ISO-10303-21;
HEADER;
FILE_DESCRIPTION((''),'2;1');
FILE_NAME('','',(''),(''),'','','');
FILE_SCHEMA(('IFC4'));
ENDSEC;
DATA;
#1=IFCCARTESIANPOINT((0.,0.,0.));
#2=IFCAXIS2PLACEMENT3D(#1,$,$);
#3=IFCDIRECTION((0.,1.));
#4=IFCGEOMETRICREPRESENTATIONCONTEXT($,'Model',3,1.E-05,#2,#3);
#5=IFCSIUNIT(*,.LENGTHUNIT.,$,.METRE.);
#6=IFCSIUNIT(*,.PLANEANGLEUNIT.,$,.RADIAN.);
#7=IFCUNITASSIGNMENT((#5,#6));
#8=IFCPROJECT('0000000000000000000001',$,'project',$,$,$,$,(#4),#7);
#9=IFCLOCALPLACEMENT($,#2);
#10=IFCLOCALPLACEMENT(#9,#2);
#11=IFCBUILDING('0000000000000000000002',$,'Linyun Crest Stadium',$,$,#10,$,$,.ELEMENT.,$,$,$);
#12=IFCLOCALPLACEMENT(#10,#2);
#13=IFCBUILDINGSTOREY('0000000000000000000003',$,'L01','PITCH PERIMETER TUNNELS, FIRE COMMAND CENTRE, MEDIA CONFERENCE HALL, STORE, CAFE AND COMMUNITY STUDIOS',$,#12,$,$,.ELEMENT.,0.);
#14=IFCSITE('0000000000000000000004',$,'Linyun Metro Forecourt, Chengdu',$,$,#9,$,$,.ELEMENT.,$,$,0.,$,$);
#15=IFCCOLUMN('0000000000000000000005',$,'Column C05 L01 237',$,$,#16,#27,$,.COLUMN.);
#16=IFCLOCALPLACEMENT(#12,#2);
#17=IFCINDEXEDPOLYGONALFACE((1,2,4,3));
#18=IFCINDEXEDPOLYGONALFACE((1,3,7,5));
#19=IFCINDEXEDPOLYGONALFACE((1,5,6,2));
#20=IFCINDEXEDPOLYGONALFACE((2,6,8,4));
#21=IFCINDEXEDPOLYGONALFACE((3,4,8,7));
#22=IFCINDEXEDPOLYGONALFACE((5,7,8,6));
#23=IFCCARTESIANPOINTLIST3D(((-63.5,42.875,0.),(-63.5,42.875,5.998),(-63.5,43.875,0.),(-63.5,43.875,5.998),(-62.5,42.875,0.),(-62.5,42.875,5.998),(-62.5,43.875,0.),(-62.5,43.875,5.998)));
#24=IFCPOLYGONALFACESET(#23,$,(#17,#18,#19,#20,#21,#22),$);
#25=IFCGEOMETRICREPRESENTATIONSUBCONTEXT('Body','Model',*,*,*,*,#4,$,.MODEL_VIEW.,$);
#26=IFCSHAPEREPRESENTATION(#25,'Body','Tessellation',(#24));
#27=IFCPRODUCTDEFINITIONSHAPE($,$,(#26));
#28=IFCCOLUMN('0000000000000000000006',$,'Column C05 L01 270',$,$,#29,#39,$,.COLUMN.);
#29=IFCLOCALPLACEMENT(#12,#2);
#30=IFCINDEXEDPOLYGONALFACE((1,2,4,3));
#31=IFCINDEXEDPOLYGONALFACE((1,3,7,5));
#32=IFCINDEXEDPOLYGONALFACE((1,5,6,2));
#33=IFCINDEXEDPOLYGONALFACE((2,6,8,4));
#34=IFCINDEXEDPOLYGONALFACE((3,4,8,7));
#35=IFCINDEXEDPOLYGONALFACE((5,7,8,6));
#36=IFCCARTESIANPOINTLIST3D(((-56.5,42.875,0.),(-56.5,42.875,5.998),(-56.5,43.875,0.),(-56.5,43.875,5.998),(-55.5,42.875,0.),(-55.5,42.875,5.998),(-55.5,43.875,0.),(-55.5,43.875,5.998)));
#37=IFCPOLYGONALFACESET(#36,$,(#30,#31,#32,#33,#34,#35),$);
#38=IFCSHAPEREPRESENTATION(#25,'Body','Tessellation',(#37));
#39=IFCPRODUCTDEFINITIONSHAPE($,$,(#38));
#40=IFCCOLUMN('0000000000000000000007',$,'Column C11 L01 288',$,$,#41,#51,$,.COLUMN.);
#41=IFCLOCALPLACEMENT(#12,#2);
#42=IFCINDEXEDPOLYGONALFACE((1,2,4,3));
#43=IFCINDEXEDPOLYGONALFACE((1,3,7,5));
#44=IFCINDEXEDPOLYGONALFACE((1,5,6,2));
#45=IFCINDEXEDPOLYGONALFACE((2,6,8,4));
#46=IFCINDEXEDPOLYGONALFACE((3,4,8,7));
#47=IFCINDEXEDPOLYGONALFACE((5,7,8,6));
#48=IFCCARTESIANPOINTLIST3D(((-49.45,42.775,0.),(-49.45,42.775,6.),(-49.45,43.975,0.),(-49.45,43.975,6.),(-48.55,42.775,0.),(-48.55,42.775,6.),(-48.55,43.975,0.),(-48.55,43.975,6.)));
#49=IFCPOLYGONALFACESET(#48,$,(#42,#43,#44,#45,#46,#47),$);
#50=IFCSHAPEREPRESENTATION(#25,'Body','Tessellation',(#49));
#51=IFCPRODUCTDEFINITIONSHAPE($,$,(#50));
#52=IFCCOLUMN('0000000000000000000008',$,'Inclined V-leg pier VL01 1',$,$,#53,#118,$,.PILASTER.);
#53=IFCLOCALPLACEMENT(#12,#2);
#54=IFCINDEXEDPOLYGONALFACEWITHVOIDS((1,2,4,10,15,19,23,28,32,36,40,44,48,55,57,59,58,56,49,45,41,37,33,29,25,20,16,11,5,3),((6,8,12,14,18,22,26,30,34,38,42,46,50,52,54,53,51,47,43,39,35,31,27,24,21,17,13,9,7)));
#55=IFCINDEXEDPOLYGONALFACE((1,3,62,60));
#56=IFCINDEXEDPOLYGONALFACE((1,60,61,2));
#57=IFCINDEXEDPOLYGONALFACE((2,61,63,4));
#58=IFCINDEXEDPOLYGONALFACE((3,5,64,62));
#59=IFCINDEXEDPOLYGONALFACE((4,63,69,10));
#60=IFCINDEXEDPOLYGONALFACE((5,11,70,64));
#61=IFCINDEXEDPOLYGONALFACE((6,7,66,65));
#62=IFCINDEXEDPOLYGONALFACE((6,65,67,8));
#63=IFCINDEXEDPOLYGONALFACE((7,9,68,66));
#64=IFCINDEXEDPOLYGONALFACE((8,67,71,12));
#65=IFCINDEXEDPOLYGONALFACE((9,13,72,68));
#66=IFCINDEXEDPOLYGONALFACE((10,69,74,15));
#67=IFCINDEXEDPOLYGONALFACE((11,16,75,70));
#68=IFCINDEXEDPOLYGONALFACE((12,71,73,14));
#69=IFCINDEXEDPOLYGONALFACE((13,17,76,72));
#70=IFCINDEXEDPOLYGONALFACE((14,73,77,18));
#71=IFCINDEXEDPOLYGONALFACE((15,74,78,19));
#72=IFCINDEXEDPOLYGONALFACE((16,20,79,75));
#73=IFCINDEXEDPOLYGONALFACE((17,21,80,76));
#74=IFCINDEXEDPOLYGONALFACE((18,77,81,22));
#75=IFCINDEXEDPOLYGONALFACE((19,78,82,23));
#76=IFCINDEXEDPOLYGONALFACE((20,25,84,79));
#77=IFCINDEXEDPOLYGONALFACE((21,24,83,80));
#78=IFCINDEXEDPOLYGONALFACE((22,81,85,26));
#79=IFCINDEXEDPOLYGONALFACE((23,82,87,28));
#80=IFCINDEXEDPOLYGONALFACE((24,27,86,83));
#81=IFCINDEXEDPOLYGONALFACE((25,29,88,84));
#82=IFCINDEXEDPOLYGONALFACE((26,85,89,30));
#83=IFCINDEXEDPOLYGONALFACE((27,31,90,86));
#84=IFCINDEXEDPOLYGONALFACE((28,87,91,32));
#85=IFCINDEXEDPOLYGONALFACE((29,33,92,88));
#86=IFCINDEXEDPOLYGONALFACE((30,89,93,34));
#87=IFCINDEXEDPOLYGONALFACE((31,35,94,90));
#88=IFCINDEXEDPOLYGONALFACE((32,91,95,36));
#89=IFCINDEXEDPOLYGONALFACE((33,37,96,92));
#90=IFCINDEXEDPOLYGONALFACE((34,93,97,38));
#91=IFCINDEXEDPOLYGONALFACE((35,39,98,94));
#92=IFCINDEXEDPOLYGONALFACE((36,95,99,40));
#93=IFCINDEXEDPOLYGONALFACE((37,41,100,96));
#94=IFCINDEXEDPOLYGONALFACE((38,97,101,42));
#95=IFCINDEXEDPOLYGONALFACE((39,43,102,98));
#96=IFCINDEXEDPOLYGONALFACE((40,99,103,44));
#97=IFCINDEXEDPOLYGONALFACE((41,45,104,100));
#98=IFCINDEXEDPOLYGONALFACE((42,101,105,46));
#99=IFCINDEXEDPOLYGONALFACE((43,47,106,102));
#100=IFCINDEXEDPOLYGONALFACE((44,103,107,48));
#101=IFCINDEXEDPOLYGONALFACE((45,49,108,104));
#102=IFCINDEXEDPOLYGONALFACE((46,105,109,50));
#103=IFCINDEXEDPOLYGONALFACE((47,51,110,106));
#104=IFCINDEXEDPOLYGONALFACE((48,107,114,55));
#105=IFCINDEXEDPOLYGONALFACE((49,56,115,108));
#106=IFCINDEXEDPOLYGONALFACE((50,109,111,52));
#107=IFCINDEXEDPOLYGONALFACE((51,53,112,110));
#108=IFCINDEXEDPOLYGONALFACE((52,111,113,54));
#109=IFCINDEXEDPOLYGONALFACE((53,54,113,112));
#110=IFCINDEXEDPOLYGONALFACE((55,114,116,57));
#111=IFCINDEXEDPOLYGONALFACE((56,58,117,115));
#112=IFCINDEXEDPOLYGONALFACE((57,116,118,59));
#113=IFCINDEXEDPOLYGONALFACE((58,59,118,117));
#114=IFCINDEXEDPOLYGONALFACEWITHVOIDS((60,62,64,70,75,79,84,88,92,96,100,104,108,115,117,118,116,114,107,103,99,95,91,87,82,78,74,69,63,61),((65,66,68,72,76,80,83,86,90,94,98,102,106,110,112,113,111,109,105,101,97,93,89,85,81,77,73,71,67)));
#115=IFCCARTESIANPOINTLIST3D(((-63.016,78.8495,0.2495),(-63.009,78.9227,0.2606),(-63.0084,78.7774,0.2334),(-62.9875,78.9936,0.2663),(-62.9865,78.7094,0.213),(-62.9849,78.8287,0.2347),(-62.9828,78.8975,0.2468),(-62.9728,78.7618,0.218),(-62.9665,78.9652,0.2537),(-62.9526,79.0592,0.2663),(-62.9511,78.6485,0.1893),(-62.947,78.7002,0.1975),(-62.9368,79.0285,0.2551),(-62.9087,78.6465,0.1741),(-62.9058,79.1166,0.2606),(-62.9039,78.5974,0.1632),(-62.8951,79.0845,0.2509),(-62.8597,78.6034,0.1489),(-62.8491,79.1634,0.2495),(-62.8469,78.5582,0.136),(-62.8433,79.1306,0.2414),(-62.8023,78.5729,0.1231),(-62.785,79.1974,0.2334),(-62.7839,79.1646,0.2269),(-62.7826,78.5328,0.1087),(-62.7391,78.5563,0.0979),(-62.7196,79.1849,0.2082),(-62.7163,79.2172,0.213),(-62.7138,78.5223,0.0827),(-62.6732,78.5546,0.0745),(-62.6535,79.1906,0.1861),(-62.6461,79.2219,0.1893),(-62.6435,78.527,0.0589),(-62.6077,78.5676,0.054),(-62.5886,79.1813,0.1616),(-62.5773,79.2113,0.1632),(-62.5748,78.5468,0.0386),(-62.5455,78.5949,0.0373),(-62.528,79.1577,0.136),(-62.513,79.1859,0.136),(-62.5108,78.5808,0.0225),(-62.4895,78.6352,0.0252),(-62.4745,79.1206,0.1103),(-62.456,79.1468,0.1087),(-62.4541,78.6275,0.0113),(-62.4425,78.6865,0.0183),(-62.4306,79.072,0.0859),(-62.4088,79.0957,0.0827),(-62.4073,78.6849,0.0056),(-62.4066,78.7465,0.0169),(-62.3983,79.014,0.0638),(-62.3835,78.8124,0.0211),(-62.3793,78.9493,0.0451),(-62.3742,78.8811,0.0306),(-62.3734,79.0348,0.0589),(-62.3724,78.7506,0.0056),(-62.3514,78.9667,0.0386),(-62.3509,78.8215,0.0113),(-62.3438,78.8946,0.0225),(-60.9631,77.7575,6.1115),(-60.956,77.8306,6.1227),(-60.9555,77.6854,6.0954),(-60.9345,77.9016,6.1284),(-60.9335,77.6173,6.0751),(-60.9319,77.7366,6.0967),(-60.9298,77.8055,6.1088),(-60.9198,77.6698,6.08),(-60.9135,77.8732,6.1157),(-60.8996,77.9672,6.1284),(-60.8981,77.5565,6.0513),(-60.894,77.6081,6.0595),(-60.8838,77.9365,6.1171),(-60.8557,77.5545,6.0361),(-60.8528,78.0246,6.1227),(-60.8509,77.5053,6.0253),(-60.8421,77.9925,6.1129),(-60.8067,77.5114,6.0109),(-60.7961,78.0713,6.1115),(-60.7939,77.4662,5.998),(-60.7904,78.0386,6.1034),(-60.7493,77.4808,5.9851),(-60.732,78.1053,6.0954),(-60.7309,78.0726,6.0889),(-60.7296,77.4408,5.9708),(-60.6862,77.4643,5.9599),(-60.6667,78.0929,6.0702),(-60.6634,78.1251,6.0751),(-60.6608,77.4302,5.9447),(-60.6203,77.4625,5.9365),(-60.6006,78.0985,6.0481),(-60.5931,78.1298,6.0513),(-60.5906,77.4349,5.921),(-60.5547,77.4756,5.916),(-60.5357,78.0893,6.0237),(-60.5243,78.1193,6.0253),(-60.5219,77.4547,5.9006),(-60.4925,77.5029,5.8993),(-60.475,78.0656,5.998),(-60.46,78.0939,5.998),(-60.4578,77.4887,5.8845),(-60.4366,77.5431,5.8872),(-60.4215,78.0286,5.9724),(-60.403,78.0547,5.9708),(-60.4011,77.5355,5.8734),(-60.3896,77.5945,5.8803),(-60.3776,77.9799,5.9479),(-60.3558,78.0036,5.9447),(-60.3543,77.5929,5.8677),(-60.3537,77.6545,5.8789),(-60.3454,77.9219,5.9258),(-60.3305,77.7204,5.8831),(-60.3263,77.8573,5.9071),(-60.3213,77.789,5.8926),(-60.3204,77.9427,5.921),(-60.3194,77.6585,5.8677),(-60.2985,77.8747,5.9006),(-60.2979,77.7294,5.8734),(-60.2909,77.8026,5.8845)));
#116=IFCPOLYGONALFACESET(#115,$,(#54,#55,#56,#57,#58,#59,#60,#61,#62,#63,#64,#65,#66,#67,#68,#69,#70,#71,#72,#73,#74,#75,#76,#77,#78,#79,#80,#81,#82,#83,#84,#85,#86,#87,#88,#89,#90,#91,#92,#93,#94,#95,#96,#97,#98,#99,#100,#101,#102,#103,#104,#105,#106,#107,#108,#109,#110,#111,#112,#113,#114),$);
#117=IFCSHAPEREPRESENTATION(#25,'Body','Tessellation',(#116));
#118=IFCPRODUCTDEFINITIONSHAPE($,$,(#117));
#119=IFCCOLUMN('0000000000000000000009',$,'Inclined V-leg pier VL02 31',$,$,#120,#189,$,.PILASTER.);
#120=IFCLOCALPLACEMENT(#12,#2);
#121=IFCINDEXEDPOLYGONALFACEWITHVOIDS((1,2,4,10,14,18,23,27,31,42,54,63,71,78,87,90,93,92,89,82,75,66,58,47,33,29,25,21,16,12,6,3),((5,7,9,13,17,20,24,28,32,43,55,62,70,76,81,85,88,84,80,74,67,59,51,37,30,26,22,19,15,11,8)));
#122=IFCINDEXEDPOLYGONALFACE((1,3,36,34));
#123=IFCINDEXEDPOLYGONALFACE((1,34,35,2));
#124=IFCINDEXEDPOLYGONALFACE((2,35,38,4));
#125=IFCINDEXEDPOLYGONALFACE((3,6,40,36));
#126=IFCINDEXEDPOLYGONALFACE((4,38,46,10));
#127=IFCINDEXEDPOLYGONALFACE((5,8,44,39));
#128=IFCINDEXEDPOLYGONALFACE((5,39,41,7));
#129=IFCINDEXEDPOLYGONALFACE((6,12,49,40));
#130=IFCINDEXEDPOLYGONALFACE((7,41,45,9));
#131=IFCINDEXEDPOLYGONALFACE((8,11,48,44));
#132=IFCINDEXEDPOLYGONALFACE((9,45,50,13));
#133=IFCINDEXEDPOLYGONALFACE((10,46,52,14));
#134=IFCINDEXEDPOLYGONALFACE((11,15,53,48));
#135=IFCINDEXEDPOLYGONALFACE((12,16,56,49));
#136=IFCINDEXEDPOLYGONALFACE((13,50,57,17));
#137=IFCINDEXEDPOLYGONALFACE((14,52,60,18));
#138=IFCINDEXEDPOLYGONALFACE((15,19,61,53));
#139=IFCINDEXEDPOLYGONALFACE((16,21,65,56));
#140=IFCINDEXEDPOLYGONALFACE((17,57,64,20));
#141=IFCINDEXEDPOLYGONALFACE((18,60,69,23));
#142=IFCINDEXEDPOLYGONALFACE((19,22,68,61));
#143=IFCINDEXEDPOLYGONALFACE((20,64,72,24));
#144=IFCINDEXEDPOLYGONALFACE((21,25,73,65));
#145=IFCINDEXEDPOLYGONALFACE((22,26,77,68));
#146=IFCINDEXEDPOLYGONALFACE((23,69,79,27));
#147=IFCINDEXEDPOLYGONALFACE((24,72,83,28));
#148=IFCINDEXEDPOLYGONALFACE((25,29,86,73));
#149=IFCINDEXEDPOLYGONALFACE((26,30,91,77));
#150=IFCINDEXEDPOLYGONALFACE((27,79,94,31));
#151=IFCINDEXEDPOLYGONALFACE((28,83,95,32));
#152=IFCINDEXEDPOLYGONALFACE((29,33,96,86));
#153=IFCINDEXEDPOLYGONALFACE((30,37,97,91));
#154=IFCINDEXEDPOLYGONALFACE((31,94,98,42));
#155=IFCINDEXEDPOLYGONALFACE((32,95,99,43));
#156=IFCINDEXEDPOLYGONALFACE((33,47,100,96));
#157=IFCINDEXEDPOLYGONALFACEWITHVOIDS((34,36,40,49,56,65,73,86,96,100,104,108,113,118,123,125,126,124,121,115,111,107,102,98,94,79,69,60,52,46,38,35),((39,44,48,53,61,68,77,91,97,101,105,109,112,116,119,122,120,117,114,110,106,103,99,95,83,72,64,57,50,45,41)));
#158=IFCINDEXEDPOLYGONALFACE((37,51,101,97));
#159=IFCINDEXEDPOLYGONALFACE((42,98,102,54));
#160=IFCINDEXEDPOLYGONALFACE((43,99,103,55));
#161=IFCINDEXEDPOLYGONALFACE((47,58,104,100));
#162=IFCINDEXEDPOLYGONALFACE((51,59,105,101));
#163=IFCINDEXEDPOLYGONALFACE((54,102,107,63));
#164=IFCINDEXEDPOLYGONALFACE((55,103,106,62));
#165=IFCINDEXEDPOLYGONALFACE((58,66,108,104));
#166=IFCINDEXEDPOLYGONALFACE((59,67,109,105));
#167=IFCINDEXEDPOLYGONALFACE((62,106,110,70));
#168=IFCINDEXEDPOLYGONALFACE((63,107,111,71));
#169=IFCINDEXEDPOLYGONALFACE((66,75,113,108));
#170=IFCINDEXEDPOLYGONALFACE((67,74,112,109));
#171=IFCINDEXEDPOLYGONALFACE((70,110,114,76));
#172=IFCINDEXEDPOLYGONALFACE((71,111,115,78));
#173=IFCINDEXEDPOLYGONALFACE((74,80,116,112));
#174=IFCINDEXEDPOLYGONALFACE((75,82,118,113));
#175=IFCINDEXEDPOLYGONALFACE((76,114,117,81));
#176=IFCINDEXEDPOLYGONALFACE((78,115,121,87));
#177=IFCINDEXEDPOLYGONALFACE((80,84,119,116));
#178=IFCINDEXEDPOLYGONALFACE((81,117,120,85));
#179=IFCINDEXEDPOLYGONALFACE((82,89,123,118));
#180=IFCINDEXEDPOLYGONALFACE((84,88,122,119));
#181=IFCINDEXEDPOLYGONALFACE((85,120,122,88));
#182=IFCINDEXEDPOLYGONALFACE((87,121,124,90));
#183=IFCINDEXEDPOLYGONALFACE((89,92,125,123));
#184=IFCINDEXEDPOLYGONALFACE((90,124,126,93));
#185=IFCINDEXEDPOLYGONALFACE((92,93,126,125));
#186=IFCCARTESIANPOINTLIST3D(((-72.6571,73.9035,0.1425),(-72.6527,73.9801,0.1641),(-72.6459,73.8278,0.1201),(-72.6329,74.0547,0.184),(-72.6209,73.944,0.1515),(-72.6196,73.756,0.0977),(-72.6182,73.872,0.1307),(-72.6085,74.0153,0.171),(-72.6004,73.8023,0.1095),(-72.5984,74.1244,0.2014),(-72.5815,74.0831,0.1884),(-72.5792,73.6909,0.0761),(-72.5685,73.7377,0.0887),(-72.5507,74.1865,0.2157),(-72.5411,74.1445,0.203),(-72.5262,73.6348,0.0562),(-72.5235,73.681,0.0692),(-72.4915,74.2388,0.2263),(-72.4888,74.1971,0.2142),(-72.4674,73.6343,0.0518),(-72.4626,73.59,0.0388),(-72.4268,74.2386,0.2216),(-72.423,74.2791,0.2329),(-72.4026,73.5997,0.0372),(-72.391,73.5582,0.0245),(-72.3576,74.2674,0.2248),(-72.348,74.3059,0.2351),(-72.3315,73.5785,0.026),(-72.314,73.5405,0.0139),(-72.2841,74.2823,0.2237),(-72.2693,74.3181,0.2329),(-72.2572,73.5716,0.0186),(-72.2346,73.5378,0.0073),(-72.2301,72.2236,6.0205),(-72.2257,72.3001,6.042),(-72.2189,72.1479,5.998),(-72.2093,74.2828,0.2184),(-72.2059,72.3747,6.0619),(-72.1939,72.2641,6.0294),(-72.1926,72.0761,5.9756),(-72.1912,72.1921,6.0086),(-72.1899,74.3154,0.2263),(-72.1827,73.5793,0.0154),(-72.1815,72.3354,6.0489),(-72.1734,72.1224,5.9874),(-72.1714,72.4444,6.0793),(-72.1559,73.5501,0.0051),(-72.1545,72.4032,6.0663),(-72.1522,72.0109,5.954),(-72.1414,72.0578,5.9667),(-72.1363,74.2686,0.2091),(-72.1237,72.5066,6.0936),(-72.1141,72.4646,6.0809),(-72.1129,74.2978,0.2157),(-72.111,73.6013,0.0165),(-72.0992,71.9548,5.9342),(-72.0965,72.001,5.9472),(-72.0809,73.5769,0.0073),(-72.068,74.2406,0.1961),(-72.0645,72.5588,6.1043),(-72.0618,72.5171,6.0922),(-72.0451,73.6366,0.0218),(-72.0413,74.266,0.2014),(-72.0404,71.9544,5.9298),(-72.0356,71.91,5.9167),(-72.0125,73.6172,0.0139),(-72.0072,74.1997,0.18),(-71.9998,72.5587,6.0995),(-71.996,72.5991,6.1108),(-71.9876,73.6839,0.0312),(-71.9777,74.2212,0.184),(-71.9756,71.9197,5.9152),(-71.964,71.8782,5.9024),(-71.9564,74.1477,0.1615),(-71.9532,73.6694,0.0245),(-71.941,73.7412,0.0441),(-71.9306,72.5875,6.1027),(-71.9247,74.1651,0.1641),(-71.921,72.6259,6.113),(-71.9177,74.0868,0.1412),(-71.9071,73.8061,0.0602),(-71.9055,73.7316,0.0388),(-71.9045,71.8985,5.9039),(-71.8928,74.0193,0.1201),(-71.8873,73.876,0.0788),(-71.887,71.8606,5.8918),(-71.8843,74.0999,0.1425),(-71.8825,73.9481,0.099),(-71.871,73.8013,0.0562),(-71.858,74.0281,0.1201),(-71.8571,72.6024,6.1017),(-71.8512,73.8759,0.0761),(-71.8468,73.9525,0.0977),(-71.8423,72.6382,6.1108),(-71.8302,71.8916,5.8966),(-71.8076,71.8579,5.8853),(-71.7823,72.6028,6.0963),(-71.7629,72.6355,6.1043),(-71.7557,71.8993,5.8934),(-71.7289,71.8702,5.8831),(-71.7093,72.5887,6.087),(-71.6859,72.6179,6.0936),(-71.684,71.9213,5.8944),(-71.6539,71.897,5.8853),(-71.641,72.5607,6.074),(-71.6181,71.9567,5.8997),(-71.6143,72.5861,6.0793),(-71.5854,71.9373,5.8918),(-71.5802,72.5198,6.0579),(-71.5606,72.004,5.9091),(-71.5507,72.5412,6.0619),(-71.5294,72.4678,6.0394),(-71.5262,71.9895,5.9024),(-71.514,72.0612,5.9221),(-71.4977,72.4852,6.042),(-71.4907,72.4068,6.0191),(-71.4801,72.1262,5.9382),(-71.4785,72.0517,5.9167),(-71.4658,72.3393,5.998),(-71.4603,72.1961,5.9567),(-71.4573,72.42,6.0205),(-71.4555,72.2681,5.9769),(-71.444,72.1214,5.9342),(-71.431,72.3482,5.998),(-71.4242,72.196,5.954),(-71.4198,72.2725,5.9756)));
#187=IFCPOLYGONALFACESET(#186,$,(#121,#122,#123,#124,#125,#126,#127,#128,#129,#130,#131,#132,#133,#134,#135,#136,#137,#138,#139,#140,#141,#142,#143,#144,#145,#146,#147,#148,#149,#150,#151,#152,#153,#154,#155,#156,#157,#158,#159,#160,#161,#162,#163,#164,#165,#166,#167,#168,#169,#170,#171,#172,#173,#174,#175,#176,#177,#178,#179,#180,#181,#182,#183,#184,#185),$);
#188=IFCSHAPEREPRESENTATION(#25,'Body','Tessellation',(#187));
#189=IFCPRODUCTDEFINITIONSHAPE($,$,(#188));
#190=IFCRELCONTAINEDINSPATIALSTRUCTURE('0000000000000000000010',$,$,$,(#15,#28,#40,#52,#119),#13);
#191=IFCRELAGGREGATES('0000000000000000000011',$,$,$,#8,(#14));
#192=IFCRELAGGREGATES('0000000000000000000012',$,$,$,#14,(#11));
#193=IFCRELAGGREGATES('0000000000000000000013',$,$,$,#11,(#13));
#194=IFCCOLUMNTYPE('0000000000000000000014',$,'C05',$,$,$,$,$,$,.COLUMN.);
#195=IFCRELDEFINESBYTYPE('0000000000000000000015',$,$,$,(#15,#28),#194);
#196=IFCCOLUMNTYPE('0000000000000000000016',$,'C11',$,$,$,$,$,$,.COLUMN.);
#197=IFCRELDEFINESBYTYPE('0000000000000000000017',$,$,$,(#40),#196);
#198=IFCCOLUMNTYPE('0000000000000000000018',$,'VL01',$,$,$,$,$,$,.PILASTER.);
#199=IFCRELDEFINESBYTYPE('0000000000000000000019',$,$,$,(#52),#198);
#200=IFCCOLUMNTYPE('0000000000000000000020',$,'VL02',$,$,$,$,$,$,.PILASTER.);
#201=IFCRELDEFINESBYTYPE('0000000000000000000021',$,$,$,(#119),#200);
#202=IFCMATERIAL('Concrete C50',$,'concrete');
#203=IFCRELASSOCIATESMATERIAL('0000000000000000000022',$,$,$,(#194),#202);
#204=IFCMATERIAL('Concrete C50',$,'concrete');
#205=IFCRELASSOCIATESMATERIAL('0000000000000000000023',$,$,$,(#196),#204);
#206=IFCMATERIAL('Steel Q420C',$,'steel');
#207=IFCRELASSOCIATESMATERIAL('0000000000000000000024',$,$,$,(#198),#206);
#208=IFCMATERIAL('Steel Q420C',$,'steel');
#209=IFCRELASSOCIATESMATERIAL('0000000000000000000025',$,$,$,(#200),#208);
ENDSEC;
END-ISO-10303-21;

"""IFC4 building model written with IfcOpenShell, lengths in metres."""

from ifc_helpers import new_model, si_unit, direction, frame, origin, origin_2d, place, context, subcontext, project, spatial, rectangle, hollow_circle, extrude, material, material_profile, profile_set, type_object, element, save


model = new_model("IFC4")

# Units and contexts
model_context = context("Model", 3, precision=1e-05, world=origin(), true_north=direction((0.0, 1.0)))
body_context = subcontext(model_context, "Body", "Model", "MODEL_VIEW")
ifc_project = project(units=[si_unit("LENGTHUNIT", "METRE"), si_unit("PLANEANGLEUNIT", "RADIAN")], contexts=[model_context])

# Site, building, storey
site_placement = place(None, origin())
site = spatial("IfcSite", under=ifc_project, at=site_placement, Name="Linyun Metro Forecourt, Chengdu", CompositionType="ELEMENT", RefElevation=0.0)
building_placement = place(site_placement, origin())
building = spatial("IfcBuilding", under=site, at=building_placement, Name="Linyun Crest Stadium", CompositionType="ELEMENT")
storey_placement = place(building_placement, origin())
storey = spatial("IfcBuildingStorey", under=building, at=storey_placement, Name="L01", Description="PITCH PERIMETER TUNNELS, FIRE COMMAND CENTRE, MEDIA CONFERENCE HALL, STORE, CAFE AND COMMUNITY STUDIOS", CompositionType="ELEMENT", Elevation=0.0)

# Columns
ifc_material_1 = material(Name="Concrete C50", Category="concrete")
ifc_material_profile_1 = material_profile(ifc_material_1, rectangle(XDim=1.0, YDim=1.0, at=origin_2d()), Name="RC 1000x1000")
ifc_profile_set_1 = profile_set([ifc_material_profile_1], Name="Concrete C50")
column_type_1 = type_object("IfcColumnType", Name="C05", PredefinedType="COLUMN", material=ifc_profile_set_1)
for number, where, z_axis, x_axis, name in (
    (1, (-63.0, 43.375, 0.0), (0.0, 0.0, 1.0), (1.0, 0.0, 0.0), "Column C05 L01 237"),
    (2, (-56.0, 43.375, 0.0), (0.0, 0.0, 1.0), (1.0, 0.0, 0.0), "Column C05 L01 270"),
):
    element("IfcColumn", number, at=place(storey_placement, frame(where, z_axis=z_axis, x_axis=x_axis)), inside=storey, type_object=column_type_1, Name=name, PredefinedType="COLUMN", context=body_context, shape_type="SweptSolid", body=[
        extrude(rectangle(XDim=1.0, YDim=1.0, at=origin_2d()), origin(), (0.0, 0.0, 1.0), 5.998),
    ])
ifc_material_2 = material(Name="Concrete C50", Category="concrete")
ifc_material_profile_2 = material_profile(ifc_material_2, rectangle(XDim=0.8999, YDim=1.2, at=origin_2d()), Name="RC 1200x900")
ifc_profile_set_2 = profile_set([ifc_material_profile_2], Name="Concrete C50")
column_type_2 = type_object("IfcColumnType", Name="C11", PredefinedType="COLUMN", material=ifc_profile_set_2)
column_1_placement = place(storey_placement, frame((-49.0, 43.375, 0.0), z_axis=(0.0, 0.0, 1.0), x_axis=(1.0, 0.0, 0.0)))
element("IfcColumn", 3, at=column_1_placement, inside=storey, type_object=column_type_2, Name="Column C11 L01 288", PredefinedType="COLUMN", context=body_context, shape_type="SweptSolid", body=[
    extrude(rectangle(XDim=0.8999, YDim=1.2, at=origin_2d()), origin(), (0.0, 0.0, 1.0), 6.0),
])
ifc_material_3 = material(Name="Steel Q420C", Category="steel")
ifc_material_profile_3 = material_profile(ifc_material_3, hollow_circle(Radius=0.3555, WallThickness=0.032, at=origin_2d()), Name="CHS 711x32")
ifc_profile_set_3 = profile_set([ifc_material_profile_3], Name="Steel Q420C")
column_type_3 = type_object("IfcColumnType", Name="VL01", PredefinedType="PILASTER", material=ifc_profile_set_3)
column_2_placement = place(storey_placement, frame((-62.6799, 78.8721, 0.136), z_axis=(0.325537, -0.173163, 0.929537), x_axis=(0.469623, 0.882867, 0.0)))
element("IfcColumn", 4, at=column_2_placement, inside=storey, type_object=column_type_3, Name="Inclined V-leg pier VL01 1", PredefinedType="PILASTER", context=body_context, shape_type="SweptSolid", body=[
    extrude(hollow_circle(Radius=0.3555, WallThickness=0.032, at=origin_2d()), origin(), (0.0, 0.0, 1.0), 6.3064),
])
ifc_material_4 = material(Name="Steel Q420C", Category="steel")
ifc_material_profile_4 = material_profile(ifc_material_4, hollow_circle(Radius=0.4065, WallThickness=0.0359, at=origin_2d()), Name="CHS 813x36")
ifc_profile_set_4 = profile_set([ifc_material_profile_4], Name="Steel Q420C")
column_type_4 = type_object("IfcColumnType", Name="VL02", PredefinedType="PILASTER", material=ifc_profile_set_4)
column_3_placement = place(storey_placement, frame((-72.252, 73.928, 0.1201), z_axis=(0.069678, -0.274132, 0.959164), x_axis=(0.969182, 0.246345, 0.0)))
element("IfcColumn", 5, at=column_3_placement, inside=storey, type_object=column_type_4, Name="Inclined V-leg pier VL02 31", PredefinedType="PILASTER", context=body_context, shape_type="SweptSolid", body=[
    extrude(hollow_circle(Radius=0.4065, WallThickness=0.0359, at=origin_2d()), origin(), (0.0, 0.0, 1.0), 6.1282),
])

save(model, "model.ifc")
